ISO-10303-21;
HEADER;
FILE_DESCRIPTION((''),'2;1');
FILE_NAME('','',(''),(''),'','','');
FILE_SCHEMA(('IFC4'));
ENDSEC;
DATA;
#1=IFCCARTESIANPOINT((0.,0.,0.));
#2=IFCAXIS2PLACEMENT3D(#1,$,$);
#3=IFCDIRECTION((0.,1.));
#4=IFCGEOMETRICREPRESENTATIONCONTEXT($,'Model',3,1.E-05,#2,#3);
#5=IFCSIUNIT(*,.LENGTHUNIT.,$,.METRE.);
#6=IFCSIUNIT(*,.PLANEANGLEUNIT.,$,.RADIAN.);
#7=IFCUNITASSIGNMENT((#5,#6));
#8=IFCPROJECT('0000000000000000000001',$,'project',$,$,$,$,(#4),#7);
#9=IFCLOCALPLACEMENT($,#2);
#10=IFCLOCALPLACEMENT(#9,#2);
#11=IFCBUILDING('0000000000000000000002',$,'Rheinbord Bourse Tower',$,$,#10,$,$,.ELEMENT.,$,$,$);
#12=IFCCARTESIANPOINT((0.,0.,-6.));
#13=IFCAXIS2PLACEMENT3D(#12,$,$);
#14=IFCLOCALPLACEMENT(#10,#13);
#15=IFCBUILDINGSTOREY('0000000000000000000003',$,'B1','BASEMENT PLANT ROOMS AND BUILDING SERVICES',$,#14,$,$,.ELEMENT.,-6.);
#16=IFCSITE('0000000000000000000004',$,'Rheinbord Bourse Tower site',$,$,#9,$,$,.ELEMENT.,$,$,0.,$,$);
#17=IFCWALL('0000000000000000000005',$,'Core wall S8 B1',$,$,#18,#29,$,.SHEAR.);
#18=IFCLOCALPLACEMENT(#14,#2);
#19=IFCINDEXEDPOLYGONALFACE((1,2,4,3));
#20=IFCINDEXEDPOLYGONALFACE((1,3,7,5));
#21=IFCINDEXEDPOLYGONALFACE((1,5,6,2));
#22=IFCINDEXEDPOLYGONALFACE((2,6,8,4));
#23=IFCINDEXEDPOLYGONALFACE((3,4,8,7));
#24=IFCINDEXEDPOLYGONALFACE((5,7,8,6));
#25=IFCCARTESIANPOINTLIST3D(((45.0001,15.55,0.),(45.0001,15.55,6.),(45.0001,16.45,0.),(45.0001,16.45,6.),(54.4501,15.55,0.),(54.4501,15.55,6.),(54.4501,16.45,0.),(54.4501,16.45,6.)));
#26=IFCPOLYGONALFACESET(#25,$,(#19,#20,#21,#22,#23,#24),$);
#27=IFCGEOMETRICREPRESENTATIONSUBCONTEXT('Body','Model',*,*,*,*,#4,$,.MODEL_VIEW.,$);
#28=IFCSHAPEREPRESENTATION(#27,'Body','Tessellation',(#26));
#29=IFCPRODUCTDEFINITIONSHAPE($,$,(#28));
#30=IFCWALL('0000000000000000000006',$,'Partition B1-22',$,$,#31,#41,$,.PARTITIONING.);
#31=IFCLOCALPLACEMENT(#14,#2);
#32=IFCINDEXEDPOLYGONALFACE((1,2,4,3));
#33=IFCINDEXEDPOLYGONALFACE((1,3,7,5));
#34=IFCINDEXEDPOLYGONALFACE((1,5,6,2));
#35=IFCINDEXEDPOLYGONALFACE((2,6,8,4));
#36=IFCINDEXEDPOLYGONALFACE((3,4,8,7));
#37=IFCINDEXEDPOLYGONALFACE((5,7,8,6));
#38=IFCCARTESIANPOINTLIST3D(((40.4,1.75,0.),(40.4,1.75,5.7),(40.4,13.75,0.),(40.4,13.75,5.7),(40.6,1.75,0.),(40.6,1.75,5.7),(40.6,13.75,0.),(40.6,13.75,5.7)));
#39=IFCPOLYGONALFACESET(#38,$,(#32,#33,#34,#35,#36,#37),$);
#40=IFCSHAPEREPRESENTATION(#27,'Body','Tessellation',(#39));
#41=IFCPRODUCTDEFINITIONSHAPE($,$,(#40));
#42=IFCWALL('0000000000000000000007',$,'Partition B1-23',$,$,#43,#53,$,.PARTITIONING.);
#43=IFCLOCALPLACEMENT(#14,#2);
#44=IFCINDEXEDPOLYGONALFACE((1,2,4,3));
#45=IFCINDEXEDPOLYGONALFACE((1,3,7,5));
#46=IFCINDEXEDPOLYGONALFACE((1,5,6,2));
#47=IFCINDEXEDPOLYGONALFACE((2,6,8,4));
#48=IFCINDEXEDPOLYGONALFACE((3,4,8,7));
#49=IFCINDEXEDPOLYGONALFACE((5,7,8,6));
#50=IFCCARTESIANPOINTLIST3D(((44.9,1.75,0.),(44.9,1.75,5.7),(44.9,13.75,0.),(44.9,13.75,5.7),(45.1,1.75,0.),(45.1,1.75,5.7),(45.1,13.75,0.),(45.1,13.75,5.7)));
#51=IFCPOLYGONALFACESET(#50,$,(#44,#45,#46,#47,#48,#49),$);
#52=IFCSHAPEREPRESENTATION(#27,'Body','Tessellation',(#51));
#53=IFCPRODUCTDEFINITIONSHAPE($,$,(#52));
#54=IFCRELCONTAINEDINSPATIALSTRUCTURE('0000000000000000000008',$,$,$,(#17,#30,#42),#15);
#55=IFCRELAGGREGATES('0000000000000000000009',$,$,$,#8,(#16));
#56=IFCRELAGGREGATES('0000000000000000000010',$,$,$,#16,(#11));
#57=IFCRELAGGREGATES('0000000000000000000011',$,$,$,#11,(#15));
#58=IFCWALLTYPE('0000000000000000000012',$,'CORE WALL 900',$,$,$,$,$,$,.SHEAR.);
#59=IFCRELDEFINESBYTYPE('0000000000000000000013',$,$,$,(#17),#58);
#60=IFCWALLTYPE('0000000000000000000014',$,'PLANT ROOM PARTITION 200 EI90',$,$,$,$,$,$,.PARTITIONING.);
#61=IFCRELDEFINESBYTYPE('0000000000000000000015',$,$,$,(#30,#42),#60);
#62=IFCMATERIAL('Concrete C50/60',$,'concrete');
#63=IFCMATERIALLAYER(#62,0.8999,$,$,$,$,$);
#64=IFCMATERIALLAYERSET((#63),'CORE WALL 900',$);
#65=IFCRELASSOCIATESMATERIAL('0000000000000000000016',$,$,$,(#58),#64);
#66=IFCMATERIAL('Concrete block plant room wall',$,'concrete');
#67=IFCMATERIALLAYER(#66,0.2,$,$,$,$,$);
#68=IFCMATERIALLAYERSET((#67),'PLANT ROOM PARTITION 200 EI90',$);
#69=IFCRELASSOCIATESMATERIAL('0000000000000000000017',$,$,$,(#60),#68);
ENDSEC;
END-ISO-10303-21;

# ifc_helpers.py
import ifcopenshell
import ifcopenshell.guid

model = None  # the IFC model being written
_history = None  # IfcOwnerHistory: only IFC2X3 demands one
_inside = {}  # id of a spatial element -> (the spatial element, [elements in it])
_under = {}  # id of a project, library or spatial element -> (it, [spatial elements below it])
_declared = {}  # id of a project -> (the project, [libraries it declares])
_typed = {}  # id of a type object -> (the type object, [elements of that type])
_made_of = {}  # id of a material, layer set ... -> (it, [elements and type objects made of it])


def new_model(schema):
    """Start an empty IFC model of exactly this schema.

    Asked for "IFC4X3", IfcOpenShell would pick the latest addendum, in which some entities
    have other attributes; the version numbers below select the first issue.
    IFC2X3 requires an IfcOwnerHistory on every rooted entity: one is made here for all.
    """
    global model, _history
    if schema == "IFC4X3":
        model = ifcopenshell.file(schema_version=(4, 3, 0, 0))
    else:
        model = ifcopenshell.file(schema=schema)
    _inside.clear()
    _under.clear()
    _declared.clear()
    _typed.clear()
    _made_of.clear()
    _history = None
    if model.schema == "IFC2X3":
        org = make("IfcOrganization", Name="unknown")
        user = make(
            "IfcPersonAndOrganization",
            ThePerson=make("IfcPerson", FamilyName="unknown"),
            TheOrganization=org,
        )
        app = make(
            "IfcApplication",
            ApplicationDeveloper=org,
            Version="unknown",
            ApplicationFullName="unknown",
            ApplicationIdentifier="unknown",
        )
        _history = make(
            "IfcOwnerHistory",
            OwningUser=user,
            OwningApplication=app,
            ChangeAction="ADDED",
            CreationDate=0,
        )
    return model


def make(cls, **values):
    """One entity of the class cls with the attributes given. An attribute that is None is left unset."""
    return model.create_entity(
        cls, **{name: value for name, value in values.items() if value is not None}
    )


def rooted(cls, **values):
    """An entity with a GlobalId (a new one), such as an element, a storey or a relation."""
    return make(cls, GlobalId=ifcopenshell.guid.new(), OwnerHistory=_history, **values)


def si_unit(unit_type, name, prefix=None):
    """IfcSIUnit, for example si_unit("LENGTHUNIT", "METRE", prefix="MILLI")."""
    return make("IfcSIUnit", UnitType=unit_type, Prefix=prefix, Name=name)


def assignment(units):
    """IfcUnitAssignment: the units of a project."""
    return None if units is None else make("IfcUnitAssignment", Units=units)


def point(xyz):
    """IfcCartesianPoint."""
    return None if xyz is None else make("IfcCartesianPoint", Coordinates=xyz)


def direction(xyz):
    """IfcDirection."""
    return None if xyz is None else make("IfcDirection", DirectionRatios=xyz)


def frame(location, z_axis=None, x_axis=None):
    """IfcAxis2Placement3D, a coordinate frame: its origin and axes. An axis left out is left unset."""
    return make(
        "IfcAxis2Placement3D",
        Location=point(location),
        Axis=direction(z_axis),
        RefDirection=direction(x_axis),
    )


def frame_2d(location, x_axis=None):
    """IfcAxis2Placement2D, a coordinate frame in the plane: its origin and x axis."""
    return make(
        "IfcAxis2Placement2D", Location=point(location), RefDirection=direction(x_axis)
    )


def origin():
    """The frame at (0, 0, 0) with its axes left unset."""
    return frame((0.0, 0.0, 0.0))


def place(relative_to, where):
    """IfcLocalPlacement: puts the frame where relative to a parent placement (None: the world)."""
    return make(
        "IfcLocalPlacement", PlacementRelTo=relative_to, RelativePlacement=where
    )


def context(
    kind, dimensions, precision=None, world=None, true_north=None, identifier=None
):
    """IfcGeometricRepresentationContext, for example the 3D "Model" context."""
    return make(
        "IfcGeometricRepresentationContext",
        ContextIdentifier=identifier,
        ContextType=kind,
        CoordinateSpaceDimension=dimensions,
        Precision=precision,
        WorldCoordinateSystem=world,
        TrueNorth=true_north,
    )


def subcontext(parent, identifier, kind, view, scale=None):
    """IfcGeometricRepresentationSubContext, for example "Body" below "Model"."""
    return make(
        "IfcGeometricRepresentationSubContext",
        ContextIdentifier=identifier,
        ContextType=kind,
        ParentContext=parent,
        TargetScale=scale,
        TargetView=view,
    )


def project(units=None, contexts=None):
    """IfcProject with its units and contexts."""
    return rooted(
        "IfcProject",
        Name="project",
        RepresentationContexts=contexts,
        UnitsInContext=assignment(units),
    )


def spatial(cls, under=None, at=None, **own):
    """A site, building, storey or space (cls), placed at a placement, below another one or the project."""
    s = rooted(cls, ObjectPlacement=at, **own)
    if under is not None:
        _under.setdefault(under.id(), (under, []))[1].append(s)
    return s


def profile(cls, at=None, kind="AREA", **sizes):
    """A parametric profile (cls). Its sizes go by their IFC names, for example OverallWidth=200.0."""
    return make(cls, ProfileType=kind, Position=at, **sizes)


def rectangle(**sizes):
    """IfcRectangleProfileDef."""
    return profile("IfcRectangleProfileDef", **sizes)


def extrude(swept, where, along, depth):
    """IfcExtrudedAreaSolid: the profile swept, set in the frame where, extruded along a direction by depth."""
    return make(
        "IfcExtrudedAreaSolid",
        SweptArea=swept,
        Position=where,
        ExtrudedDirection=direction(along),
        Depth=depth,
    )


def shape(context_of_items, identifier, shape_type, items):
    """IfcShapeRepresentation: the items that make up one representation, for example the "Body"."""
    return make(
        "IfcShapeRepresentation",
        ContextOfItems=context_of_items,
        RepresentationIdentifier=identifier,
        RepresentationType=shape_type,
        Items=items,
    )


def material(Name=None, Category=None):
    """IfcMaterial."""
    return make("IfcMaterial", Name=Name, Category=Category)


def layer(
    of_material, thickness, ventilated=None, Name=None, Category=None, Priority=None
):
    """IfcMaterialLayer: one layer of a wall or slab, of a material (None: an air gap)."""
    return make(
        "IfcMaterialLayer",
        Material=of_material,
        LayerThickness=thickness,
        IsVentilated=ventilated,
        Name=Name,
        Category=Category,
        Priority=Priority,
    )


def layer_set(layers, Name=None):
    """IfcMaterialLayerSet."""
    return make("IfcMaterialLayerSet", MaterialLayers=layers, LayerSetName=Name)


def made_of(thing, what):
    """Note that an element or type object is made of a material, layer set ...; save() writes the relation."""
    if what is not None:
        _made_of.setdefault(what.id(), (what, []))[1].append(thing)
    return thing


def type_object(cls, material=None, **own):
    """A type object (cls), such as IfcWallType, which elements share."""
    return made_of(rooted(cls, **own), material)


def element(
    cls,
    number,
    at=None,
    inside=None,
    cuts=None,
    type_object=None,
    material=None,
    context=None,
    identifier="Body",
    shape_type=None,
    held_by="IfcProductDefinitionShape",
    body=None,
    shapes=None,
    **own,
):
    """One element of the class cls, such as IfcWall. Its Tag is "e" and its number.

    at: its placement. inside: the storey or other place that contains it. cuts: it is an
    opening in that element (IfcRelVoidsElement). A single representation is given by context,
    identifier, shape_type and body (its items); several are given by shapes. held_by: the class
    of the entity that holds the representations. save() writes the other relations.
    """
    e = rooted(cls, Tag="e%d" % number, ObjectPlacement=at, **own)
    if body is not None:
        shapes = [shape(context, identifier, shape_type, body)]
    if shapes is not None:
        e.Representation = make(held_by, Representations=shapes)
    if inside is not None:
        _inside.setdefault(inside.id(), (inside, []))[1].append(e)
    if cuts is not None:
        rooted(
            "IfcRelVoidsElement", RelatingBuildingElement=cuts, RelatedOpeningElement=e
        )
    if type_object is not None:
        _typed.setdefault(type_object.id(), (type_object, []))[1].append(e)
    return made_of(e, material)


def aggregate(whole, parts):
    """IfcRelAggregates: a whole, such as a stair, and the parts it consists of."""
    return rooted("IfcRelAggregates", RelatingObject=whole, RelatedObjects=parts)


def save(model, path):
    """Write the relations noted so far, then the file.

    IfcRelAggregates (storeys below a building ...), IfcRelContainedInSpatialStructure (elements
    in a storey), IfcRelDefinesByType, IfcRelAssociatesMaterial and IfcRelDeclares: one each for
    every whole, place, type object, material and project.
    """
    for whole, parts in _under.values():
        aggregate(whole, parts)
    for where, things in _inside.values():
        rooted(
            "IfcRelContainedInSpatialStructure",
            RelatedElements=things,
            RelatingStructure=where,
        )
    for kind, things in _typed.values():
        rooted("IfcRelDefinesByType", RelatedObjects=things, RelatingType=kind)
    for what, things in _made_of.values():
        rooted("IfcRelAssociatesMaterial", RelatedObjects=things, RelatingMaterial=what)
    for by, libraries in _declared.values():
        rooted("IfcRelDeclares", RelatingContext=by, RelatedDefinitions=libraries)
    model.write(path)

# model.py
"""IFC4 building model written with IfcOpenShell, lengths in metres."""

from ifc_helpers import new_model, si_unit, direction, frame, frame_2d, origin, place, context, subcontext, project, spatial, rectangle, extrude, material, layer, layer_set, type_object, element, save


model = new_model("IFC4")

# Units and contexts
model_context = context("Model", 3, precision=1e-05, world=origin(), true_north=direction((0.0, 1.0)))
body_context = subcontext(model_context, "Body", "Model", "MODEL_VIEW")
ifc_project = project(units=[si_unit("LENGTHUNIT", "METRE"), si_unit("PLANEANGLEUNIT", "RADIAN")], contexts=[model_context])

# Site, building, storey
site_placement = place(None, origin())
site = spatial("IfcSite", under=ifc_project, at=site_placement, Name="Rheinbord Bourse Tower site", CompositionType="ELEMENT", RefElevation=0.0)
building_placement = place(site_placement, origin())
building = spatial("IfcBuilding", under=site, at=building_placement, Name="Rheinbord Bourse Tower", CompositionType="ELEMENT")
storey_placement = place(building_placement, frame((0.0, 0.0, -6.0)))
storey = spatial("IfcBuildingStorey", under=building, at=storey_placement, Name="B1", Description="BASEMENT PLANT ROOMS AND BUILDING SERVICES", CompositionType="ELEMENT", Elevation=-6.0)

# Walls
ifc_material_1 = material(Name="Concrete C50/60", Category="concrete")
ifc_layer_1 = layer(ifc_material_1, 0.8999)
ifc_layer_set_1 = layer_set([ifc_layer_1], Name="CORE WALL 900")
wall_type_1 = type_object("IfcWallType", Name="CORE WALL 900", PredefinedType="SHEAR", material=ifc_layer_set_1)
wall_placement = place(storey_placement, frame((45.0, 16.0, 0.0), z_axis=(0.0, 0.0, 1.0), x_axis=(1.0, 0.0, 0.0)))
element("IfcWall", 1, at=wall_placement, inside=storey, type_object=wall_type_1, Name="Core wall S8 B1", PredefinedType="SHEAR", context=body_context, shape_type="SweptSolid", body=[
    extrude(rectangle(XDim=9.45, YDim=0.8999, at=frame_2d((4.7251, 0.0))), origin(), (0.0, 0.0, 1.0), 6.0),
])
ifc_material_2 = material(Name="Concrete block plant room wall", Category="concrete")
ifc_layer_2 = layer(ifc_material_2, 0.2)
ifc_layer_set_2 = layer_set([ifc_layer_2], Name="PLANT ROOM PARTITION 200 EI90")
wall_type_2 = type_object("IfcWallType", Name="PLANT ROOM PARTITION 200 EI90", PredefinedType="PARTITIONING", material=ifc_layer_set_2)
for number, where, z_axis, x_axis, name in (
    (2, (40.5, 1.75, 0.0), (0.0, 0.0, 1.0), (0.0, 1.0, 0.0), "Partition B1-22"),
    (3, (45.0, 1.75, 0.0), (0.0, 0.0, 1.0), (0.0, 1.0, 0.0), "Partition B1-23"),
):
    element("IfcWall", number, at=place(storey_placement, frame(where, z_axis=z_axis, x_axis=x_axis)), inside=storey, type_object=wall_type_2, Name=name, PredefinedType="PARTITIONING", context=body_context, shape_type="SweptSolid", body=[
        extrude(rectangle(XDim=12.0, YDim=0.2, at=frame_2d((6.0, 0.0))), origin(), (0.0, 0.0, 1.0), 5.7),
    ])

save(model, "model.ifc")
